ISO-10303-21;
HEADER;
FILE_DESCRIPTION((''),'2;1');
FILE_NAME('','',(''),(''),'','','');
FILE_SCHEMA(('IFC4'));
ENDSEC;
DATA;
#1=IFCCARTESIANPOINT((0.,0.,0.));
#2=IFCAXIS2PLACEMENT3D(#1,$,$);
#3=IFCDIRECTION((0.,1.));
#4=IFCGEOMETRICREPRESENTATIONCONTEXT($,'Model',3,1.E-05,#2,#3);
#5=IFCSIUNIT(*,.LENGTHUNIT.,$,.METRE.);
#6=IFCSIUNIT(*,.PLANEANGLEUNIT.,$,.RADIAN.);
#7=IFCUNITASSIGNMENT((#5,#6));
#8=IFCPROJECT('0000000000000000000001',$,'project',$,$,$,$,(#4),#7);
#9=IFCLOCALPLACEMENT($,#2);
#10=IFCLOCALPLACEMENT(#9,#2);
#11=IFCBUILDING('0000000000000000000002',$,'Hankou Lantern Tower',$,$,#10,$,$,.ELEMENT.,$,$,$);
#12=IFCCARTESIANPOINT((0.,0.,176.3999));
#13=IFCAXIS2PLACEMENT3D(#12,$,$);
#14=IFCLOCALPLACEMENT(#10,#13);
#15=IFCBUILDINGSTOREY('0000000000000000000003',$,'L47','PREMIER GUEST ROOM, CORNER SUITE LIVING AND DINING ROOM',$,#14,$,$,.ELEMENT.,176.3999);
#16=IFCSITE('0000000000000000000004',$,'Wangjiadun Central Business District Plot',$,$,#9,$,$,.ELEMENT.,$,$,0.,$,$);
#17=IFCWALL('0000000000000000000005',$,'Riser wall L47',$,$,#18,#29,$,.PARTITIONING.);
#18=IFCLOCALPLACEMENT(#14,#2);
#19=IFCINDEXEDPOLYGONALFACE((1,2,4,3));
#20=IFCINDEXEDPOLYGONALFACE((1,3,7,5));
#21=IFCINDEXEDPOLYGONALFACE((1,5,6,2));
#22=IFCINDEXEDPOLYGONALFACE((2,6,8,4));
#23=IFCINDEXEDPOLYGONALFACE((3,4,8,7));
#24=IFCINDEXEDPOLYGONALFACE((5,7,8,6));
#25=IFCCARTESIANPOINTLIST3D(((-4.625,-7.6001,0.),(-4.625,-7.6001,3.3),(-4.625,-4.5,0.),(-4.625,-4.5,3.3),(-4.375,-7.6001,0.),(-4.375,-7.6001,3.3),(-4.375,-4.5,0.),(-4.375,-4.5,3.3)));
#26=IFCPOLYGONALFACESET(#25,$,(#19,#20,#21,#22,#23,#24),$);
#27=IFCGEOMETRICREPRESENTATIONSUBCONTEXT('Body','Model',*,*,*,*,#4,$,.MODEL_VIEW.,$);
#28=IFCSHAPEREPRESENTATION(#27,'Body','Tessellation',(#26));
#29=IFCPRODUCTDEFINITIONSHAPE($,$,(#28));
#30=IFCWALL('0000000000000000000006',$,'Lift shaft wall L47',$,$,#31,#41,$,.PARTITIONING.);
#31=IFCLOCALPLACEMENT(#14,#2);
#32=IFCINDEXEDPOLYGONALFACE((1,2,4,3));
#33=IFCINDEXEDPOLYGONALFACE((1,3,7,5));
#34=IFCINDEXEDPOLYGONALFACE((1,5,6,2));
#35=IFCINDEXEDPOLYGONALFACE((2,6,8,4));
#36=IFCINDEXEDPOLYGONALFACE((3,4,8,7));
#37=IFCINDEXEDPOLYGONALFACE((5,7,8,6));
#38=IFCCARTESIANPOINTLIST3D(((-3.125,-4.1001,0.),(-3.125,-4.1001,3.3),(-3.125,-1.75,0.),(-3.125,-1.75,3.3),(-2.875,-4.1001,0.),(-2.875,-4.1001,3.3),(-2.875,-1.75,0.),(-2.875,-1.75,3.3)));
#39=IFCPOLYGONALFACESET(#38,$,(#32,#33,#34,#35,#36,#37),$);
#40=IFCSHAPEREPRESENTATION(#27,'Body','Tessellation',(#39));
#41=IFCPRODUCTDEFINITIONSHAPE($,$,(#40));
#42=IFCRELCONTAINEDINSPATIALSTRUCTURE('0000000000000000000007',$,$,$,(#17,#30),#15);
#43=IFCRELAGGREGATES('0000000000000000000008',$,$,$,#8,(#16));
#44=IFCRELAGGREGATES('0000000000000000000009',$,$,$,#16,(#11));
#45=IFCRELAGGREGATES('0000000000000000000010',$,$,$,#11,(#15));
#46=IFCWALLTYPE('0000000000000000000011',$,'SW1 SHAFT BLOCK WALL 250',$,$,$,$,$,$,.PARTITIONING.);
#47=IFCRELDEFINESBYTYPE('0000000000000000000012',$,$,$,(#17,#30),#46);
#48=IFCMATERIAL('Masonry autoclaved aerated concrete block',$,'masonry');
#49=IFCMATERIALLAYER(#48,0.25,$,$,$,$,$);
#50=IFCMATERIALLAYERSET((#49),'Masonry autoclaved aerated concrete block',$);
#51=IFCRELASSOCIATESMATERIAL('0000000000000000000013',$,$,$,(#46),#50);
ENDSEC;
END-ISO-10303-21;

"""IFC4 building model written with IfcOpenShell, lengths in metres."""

from ifc_helpers import new_model, si_unit, direction, frame, frame_2d, origin, place, context, subcontext, project, spatial, rectangle, extrude, material, layer, layer_set, type_object, element, save


model = new_model("IFC4")

# Units and contexts
model_context = context("Model", 3, precision=1e-05, world=origin(), true_north=direction((0.0, 1.0)))
body_context = subcontext(model_context, "Body", "Model", "MODEL_VIEW")
ifc_project = project(units=[si_unit("LENGTHUNIT", "METRE"), si_unit("PLANEANGLEUNIT", "RADIAN")], contexts=[model_context])

# Site, building, storey
site_placement = place(None, origin())
site = spatial("IfcSite", under=ifc_project, at=site_placement, Name="Wangjiadun Central Business District Plot", CompositionType="ELEMENT", RefElevation=0.0)
building_placement = place(site_placement, origin())
building = spatial("IfcBuilding", under=site, at=building_placement, Name="Hankou Lantern Tower", CompositionType="ELEMENT")
storey_placement = place(building_placement, frame((0.0, 0.0, 176.3999)))
storey = spatial("IfcBuildingStorey", under=building, at=storey_placement, Name="L47", Description="PREMIER GUEST ROOM, CORNER SUITE LIVING AND DINING ROOM", CompositionType="ELEMENT", Elevation=176.3999)

# Walls
ifc_material_1 = material(Name="Masonry autoclaved aerated concrete block", Category="masonry")
ifc_layer_1 = layer(ifc_material_1, 0.25)
ifc_layer_set_1 = layer_set([ifc_layer_1], Name="Masonry autoclaved aerated concrete block")
wall_type_1 = type_object("IfcWallType", Name="SW1 SHAFT BLOCK WALL 250", PredefinedType="PARTITIONING", material=ifc_layer_set_1)
wall_1_placement = place(storey_placement, frame((-4.5, -7.6001, 0.0), z_axis=(0.0, 0.0, 1.0), x_axis=(0.0, 1.0, 0.0)))
element("IfcWall", 1, at=wall_1_placement, inside=storey, type_object=wall_type_1, Name="Riser wall L47", PredefinedType="PARTITIONING", context=body_context, shape_type="SweptSolid", body=[
    extrude(rectangle(XDim=3.1001, YDim=0.25, at=frame_2d((1.55, 0.0))), origin(), (0.0, 0.0, 1.0), 3.3),
])
wall_2_placement = place(storey_placement, frame((-3.0, -4.1001, 0.0), z_axis=(0.0, 0.0, 1.0), x_axis=(0.0, 1.0, 0.0)))
element("IfcWall", 2, at=wall_2_placement, inside=storey, type_object=wall_type_1, Name="Lift shaft wall L47", PredefinedType="PARTITIONING", context=body_context, shape_type="SweptSolid", body=[
    extrude(rectangle(XDim=2.3501, YDim=0.25, at=frame_2d((1.175, 0.0))), origin(), (0.0, 0.0, 1.0), 3.3),
])

save(model, "model.ifc")
